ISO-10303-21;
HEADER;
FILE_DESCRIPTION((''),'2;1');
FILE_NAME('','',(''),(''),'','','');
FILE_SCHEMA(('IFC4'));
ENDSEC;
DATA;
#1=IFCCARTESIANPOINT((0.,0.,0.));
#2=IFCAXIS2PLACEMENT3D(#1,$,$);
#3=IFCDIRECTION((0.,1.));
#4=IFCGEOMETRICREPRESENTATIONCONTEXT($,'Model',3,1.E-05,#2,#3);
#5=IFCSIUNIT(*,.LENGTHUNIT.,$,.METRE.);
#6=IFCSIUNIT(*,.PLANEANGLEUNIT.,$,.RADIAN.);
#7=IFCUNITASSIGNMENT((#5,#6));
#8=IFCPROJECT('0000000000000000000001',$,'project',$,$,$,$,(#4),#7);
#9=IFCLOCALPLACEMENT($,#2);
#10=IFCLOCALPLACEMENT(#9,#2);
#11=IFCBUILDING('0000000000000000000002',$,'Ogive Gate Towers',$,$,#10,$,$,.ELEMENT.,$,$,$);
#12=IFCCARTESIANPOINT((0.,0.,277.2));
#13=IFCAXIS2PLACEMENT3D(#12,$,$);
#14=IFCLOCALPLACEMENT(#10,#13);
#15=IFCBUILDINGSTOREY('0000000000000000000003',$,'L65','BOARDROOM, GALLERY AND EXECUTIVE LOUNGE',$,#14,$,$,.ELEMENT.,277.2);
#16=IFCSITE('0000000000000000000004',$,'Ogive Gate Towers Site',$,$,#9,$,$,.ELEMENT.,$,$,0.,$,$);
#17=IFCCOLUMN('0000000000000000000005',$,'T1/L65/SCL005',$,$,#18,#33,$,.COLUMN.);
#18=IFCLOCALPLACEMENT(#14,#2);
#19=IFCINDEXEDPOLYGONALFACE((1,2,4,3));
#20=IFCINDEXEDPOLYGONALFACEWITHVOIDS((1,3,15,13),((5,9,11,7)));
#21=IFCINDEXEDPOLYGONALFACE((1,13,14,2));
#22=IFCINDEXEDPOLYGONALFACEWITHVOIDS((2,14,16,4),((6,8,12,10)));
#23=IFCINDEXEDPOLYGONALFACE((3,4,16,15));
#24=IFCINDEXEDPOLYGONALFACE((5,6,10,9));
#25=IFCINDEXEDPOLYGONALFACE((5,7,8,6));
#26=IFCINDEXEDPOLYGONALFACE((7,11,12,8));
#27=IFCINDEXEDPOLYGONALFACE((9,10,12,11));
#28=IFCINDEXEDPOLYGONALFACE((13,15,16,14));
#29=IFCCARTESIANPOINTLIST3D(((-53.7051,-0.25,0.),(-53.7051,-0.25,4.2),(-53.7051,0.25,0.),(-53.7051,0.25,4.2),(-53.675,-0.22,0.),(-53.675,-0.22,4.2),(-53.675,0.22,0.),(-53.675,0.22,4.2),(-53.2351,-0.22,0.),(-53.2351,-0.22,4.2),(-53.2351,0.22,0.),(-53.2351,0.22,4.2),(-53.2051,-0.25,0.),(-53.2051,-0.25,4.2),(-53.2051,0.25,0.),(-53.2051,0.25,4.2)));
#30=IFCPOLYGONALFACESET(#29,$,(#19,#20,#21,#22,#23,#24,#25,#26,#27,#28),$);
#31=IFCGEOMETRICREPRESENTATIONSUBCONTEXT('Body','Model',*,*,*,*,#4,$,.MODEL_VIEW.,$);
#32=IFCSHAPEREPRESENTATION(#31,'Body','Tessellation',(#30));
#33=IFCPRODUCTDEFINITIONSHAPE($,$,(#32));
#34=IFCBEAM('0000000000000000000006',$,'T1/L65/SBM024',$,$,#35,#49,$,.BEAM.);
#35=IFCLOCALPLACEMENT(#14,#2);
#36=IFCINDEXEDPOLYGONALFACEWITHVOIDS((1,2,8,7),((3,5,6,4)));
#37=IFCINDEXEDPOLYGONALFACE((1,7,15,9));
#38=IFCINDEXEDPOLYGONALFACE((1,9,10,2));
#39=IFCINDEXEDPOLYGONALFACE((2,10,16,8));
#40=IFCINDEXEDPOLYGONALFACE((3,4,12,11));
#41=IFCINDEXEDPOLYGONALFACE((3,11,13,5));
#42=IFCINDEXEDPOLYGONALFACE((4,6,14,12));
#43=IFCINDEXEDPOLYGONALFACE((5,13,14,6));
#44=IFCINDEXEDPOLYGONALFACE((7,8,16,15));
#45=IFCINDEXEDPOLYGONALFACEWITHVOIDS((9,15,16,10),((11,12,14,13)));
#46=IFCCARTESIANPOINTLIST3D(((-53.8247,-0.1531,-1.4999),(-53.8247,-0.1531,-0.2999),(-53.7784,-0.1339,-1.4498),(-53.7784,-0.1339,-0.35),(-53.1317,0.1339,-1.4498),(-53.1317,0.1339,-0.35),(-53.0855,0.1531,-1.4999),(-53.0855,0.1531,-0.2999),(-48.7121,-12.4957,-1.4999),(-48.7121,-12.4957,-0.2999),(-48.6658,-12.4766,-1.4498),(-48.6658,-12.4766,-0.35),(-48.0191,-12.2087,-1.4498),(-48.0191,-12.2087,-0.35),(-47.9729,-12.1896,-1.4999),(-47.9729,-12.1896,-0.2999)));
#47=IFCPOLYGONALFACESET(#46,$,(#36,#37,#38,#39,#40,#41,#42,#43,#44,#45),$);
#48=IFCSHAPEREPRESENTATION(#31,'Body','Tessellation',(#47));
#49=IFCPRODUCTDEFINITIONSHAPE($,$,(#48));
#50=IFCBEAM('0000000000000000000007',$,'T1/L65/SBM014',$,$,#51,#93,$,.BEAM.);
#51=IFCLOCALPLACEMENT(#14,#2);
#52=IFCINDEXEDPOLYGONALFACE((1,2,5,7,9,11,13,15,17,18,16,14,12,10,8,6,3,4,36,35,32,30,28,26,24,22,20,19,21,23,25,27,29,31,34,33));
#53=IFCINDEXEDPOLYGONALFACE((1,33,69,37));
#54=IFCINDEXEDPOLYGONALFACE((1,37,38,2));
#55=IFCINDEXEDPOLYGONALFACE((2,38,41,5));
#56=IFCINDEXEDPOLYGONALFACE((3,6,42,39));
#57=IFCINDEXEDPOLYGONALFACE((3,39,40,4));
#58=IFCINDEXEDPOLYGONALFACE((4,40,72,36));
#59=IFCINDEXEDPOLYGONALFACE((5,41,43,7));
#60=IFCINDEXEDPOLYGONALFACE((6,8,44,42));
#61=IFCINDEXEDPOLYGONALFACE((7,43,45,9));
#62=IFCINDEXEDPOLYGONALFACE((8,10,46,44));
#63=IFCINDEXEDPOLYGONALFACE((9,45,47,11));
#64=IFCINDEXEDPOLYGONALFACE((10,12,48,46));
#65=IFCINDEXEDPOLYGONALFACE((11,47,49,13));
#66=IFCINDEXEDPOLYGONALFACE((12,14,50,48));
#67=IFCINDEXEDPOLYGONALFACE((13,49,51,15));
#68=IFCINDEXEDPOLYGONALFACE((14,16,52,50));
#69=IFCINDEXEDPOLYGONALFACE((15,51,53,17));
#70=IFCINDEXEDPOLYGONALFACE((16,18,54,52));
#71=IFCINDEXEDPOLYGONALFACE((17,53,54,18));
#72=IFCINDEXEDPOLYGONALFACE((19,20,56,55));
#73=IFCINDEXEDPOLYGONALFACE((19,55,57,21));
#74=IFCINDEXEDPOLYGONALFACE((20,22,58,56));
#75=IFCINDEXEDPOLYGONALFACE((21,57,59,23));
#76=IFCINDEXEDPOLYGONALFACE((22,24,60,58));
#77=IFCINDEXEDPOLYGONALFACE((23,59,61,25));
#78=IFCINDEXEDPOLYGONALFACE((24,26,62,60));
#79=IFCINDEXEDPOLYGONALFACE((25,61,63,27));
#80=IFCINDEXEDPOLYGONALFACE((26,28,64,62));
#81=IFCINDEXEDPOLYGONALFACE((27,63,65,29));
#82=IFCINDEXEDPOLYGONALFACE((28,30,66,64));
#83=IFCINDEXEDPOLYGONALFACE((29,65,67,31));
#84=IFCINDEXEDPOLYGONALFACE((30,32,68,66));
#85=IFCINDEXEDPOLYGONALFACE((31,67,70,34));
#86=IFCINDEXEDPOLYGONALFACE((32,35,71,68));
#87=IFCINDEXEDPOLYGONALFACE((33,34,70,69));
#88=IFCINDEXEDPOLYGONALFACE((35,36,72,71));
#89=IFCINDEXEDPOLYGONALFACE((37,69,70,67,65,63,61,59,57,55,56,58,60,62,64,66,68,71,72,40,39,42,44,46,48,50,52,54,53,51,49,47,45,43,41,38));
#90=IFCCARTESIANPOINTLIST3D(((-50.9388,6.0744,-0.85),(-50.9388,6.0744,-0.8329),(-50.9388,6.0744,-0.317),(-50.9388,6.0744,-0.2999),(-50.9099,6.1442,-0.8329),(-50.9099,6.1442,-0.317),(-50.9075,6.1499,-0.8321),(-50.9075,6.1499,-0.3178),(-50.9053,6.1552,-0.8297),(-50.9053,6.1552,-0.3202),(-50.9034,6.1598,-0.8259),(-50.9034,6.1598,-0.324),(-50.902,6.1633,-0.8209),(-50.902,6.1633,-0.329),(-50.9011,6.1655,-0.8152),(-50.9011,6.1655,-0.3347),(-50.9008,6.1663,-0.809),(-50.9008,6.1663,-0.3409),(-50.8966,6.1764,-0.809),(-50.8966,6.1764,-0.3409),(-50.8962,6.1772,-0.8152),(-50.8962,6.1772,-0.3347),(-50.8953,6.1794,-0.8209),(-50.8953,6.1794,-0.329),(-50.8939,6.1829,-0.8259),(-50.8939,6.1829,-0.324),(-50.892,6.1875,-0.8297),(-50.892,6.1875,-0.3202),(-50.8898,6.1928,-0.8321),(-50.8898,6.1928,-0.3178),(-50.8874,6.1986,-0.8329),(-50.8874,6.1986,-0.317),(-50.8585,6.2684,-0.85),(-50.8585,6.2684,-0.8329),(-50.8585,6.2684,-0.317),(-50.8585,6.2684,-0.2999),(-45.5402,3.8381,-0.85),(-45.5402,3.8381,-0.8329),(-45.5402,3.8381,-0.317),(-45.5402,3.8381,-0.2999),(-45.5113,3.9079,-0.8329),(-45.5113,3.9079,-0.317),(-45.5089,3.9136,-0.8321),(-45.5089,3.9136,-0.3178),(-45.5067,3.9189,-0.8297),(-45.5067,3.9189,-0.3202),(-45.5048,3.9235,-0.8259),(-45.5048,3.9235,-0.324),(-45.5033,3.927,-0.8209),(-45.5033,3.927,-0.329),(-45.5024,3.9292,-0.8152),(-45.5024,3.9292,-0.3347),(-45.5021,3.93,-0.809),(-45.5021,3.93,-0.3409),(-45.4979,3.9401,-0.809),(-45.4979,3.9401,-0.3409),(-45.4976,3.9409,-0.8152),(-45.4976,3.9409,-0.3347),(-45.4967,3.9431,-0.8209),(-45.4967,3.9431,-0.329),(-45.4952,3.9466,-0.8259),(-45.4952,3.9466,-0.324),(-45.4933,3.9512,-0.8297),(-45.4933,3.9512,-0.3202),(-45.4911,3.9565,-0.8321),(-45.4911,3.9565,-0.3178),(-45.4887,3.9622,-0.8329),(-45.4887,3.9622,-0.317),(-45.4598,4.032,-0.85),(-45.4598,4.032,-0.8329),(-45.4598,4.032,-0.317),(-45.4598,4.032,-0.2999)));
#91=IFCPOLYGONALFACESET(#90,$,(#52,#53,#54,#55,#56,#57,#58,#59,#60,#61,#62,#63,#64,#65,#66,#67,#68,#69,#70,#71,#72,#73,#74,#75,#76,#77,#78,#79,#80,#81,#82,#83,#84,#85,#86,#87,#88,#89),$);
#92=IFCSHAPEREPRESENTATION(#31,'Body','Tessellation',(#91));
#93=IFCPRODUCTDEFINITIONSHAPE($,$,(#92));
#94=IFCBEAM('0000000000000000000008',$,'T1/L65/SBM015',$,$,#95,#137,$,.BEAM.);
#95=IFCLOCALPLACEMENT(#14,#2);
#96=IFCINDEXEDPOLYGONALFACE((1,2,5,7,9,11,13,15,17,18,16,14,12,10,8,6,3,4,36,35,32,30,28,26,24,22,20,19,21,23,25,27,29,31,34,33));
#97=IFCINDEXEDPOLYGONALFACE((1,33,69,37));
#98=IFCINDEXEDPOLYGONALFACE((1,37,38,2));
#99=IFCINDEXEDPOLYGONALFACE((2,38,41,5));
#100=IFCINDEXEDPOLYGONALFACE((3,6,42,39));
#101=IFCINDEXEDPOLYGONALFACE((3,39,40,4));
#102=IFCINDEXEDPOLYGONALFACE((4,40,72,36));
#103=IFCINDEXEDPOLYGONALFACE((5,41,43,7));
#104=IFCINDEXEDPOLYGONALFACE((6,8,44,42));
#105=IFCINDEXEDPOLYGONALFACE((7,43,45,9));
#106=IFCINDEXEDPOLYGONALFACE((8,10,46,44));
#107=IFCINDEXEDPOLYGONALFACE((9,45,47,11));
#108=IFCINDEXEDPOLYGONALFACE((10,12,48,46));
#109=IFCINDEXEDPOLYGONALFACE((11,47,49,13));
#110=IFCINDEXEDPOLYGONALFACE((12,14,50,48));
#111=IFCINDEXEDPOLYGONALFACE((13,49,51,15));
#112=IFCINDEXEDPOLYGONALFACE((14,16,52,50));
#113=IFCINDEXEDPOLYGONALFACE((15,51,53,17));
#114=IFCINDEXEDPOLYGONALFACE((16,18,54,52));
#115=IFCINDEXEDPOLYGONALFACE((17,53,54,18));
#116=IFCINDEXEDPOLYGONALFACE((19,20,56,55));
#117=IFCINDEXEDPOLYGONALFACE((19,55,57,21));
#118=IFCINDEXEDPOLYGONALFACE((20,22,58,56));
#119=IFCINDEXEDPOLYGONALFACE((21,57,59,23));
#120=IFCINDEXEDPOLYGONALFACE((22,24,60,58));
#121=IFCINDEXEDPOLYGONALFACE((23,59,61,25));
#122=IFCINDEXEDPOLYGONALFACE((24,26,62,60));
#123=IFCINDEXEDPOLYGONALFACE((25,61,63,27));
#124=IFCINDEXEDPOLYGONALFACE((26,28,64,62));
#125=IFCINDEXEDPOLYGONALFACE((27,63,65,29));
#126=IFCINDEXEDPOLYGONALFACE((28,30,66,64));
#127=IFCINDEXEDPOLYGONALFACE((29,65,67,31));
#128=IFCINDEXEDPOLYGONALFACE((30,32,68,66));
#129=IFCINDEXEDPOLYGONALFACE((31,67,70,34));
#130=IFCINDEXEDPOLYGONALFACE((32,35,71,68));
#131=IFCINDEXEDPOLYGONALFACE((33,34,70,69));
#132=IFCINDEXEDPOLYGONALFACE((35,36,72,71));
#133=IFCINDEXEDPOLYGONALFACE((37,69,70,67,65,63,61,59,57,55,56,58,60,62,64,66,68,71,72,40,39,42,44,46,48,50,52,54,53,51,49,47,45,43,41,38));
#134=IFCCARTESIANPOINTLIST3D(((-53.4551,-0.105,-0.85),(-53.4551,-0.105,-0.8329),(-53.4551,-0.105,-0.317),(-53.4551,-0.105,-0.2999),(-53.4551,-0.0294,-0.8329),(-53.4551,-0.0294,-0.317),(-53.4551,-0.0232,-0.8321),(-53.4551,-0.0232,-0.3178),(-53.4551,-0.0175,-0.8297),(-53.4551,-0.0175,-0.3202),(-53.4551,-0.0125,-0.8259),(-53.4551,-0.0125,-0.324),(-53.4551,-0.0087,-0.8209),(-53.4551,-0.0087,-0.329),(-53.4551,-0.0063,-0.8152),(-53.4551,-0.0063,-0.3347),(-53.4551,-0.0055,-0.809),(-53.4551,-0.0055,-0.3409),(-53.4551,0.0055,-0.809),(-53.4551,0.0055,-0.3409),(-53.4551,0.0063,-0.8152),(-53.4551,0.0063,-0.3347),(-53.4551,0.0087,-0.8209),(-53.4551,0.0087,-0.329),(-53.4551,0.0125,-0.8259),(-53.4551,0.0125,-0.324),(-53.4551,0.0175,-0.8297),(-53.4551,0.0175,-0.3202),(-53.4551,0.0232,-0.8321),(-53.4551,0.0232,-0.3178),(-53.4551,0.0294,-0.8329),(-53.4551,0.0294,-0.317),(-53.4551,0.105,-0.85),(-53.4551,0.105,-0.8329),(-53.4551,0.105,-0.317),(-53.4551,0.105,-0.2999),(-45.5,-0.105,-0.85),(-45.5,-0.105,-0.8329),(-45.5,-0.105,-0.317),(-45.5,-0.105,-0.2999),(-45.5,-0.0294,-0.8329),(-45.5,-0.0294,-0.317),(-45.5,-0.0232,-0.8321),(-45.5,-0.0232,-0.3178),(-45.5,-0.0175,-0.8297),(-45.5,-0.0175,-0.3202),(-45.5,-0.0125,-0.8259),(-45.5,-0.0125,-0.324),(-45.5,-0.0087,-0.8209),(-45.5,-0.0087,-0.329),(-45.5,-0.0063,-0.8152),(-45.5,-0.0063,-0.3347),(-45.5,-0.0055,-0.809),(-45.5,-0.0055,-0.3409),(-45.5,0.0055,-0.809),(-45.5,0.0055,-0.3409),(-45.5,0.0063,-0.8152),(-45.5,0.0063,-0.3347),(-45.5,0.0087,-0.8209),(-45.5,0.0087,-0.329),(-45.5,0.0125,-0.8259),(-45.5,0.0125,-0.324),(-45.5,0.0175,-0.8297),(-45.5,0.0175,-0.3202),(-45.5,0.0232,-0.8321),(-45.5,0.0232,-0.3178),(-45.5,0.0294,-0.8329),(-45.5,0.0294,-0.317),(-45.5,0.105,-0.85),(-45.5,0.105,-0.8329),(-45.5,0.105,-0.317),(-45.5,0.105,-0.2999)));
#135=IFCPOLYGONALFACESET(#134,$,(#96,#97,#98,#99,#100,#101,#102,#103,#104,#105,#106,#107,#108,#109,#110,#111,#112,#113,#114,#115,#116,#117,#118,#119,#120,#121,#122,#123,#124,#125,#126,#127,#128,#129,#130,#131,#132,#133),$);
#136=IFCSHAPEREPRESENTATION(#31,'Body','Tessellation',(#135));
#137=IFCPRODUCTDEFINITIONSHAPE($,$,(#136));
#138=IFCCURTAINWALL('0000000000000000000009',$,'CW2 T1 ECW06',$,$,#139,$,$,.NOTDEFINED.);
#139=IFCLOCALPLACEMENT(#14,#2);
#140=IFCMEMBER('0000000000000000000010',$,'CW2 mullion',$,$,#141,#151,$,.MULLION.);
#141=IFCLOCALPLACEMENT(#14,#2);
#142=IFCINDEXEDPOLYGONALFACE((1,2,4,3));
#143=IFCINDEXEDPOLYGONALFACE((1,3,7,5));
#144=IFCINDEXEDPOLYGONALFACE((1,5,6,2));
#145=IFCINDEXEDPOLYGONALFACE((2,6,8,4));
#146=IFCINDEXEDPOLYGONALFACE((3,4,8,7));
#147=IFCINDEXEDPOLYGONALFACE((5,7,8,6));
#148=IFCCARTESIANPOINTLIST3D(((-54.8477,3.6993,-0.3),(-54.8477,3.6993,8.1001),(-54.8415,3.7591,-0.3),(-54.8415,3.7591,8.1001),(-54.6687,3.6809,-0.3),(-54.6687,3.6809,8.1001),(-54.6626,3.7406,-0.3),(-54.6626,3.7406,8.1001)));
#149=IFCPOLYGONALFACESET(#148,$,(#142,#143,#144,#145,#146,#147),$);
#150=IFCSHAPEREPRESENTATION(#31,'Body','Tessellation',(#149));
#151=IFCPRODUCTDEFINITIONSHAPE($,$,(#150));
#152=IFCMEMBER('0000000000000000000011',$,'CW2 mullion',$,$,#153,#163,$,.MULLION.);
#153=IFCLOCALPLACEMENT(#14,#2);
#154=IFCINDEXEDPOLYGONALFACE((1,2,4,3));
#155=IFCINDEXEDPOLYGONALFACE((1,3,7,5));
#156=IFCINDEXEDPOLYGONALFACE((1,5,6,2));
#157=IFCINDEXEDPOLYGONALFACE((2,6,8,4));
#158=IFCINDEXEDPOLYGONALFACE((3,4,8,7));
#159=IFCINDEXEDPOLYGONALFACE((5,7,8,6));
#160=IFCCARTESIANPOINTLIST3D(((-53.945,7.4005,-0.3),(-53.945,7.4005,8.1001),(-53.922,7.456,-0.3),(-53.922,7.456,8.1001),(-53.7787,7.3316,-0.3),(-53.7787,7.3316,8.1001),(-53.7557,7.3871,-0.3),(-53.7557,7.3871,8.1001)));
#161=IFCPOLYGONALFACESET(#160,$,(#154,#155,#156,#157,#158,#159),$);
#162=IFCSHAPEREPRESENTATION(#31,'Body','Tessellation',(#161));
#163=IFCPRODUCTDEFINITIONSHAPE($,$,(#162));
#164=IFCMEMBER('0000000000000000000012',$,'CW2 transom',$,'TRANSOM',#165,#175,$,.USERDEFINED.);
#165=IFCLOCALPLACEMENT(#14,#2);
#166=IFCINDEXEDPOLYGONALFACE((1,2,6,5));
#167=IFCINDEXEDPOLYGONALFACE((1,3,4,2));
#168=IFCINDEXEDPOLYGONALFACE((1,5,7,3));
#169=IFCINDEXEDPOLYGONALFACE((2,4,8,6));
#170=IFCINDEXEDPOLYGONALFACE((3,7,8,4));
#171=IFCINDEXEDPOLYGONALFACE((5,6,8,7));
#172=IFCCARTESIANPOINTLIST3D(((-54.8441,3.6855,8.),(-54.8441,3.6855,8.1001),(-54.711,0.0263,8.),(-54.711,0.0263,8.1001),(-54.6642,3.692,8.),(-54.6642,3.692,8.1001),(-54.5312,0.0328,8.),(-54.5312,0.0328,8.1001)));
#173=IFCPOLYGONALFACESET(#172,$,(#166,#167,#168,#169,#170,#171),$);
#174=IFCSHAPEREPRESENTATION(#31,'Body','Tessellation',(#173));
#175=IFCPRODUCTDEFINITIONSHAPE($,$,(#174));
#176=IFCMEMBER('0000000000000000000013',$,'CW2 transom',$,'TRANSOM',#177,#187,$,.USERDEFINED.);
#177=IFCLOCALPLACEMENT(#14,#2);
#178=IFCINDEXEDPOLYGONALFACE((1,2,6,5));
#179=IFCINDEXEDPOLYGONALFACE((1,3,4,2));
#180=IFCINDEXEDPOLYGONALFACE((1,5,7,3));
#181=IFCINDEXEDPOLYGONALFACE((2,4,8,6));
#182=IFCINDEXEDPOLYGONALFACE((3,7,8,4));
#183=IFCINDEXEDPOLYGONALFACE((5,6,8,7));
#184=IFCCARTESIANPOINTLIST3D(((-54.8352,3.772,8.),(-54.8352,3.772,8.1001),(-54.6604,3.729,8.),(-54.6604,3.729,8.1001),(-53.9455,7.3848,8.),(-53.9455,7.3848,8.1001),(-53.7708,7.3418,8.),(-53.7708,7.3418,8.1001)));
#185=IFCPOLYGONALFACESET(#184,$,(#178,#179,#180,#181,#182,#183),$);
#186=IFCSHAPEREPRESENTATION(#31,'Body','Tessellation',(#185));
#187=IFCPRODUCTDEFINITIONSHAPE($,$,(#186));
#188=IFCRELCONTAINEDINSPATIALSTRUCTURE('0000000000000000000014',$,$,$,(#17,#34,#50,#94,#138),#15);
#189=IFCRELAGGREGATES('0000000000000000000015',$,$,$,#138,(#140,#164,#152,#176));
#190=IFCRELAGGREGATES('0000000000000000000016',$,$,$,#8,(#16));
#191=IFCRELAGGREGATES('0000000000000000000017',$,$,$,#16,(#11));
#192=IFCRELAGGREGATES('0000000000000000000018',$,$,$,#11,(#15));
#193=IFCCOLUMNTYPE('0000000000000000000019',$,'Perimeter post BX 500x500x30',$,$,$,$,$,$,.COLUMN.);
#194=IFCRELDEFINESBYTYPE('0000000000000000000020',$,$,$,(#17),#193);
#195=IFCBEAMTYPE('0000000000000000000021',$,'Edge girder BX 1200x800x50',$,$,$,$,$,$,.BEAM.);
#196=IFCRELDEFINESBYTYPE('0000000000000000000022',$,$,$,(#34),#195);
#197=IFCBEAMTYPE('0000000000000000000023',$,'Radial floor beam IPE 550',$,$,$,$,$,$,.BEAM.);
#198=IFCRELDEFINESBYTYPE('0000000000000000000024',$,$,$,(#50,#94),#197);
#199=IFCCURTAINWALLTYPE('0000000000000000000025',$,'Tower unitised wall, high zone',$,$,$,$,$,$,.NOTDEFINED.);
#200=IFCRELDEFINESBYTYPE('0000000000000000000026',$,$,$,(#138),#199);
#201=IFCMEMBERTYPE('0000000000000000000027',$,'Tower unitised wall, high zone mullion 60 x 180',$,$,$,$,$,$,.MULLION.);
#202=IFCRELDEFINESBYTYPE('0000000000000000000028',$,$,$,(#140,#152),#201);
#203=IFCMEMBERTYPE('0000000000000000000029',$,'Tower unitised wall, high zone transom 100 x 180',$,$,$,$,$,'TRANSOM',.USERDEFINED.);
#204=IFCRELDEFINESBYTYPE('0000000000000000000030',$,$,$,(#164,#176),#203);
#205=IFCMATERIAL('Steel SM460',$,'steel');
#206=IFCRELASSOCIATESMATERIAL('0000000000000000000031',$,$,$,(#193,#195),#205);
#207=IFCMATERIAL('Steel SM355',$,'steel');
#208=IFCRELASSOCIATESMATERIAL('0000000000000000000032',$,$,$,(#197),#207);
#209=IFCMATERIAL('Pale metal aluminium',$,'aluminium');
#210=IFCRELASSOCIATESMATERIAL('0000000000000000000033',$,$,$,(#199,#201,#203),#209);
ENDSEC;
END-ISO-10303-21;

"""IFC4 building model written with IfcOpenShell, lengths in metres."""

from ifc_helpers import new_model, si_unit, direction, frame, origin, origin_2d, place, context, subcontext, project, spatial, rectangle, hollow_rectangle, i_section, extrude, material, material_profile, profile_set, type_object, element, aggregate, save


model = new_model("IFC4")

# Units and contexts
model_context = context("Model", 3, precision=1e-05, world=origin(), true_north=direction((0.0, 1.0)))
body_context = subcontext(model_context, "Body", "Model", "MODEL_VIEW")
ifc_project = project(units=[si_unit("LENGTHUNIT", "METRE"), si_unit("PLANEANGLEUNIT", "RADIAN")], contexts=[model_context])

# Site, building, storey
site_placement = place(None, origin())
site = spatial("IfcSite", under=ifc_project, at=site_placement, Name="Ogive Gate Towers Site", CompositionType="ELEMENT", RefElevation=0.0)
building_placement = place(site_placement, origin())
building = spatial("IfcBuilding", under=site, at=building_placement, Name="Ogive Gate Towers", CompositionType="ELEMENT")
storey_placement = place(building_placement, frame((0.0, 0.0, 277.2)))
storey = spatial("IfcBuildingStorey", under=building, at=storey_placement, Name="L65", Description="BOARDROOM, GALLERY AND EXECUTIVE LOUNGE", CompositionType="ELEMENT", Elevation=277.2)

# Column
ifc_material_1 = material(Name="Steel SM460", Category="steel")
ifc_material_profile_1 = material_profile(ifc_material_1, hollow_rectangle(XDim=0.5, YDim=0.5, WallThickness=0.03, at=origin_2d()), Name="BX 500x500x30")
ifc_profile_set_1 = profile_set([ifc_material_profile_1], Name="Steel SM460")
column_type = type_object("IfcColumnType", Name="Perimeter post BX 500x500x30", PredefinedType="COLUMN", material=ifc_profile_set_1)
column_placement = place(storey_placement, frame((-53.4551, 0.0, 0.0), z_axis=(0.0, 0.0, 1.0), x_axis=(1.0, 0.0, 0.0)))
element("IfcColumn", 1, at=column_placement, inside=storey, type_object=column_type, Name="T1/L65/SCL005", PredefinedType="COLUMN", context=body_context, shape_type="SweptSolid", body=[
    extrude(hollow_rectangle(XDim=0.5, YDim=0.5, WallThickness=0.03, at=origin_2d()), origin(), (0.0, 0.0, 1.0), 4.2),
])

# Beams
ifc_material_profile_2 = material_profile(ifc_material_1, hollow_rectangle(XDim=0.8, YDim=1.2, WallThickness=0.05, at=origin_2d()), Name="BX 1200x800x50")
ifc_profile_set_2 = profile_set([ifc_material_profile_2], Name="Steel SM460")
beam_type_1 = type_object("IfcBeamType", Name="Edge girder BX 1200x800x50", PredefinedType="BEAM", material=ifc_profile_set_2)
beam_1_placement = place(storey_placement, frame((-53.4551, 0.0, -0.8999), z_axis=(0.38269, -0.923877, 0.0), x_axis=(0.923877, 0.38269, 0.0)))
element("IfcBeam", 2, at=beam_1_placement, inside=storey, type_object=beam_type_1, Name="T1/L65/SBM024", PredefinedType="BEAM", context=body_context, shape_type="SweptSolid", body=[
    extrude(hollow_rectangle(XDim=0.8, YDim=1.2, WallThickness=0.05, at=origin_2d()), origin(), (0.0, 0.0, 1.0), 13.3596),
])
ifc_material_2 = material(Name="Steel SM355", Category="steel")
ifc_material_profile_3 = material_profile(ifc_material_2, i_section(OverallWidth=0.21, OverallDepth=0.55, WebThickness=0.011, FlangeThickness=0.0171, FilletRadius=0.0239, at=origin_2d()), Name="IPE 550")
ifc_profile_set_3 = profile_set([ifc_material_profile_3], Name="Steel SM355")
beam_type_2 = type_object("IfcBeamType", Name="Radial floor beam IPE 550", PredefinedType="BEAM", material=ifc_profile_set_3)
beam_2_placement = place(storey_placement, frame((-45.5, 3.9351, -0.575), z_axis=(-0.923872, 0.382701, 0.0), x_axis=(-0.382701, -0.923872, 0.0)))
element("IfcBeam", 3, at=beam_2_placement, inside=storey, type_object=beam_type_2, Name="T1/L65/SBM014", PredefinedType="BEAM", context=body_context, shape_type="SweptSolid", body=[
    extrude(i_section(OverallWidth=0.21, OverallDepth=0.55, WebThickness=0.011, FlangeThickness=0.0171, FilletRadius=0.0239, at=origin_2d()), origin(), (0.0, 0.0, 1.0), 5.8435),
])
beam_3_placement = place(storey_placement, frame((-45.5, 0.0, -0.575), z_axis=(-1.0, 0.0, 0.0), x_axis=(0.0, -1.0, 0.0)))
element("IfcBeam", 4, at=beam_3_placement, inside=storey, type_object=beam_type_2, Name="T1/L65/SBM015", PredefinedType="BEAM", context=body_context, shape_type="SweptSolid", body=[
    extrude(i_section(OverallWidth=0.21, OverallDepth=0.55, WebThickness=0.011, FlangeThickness=0.0171, FilletRadius=0.0239, at=origin_2d()), origin(), (0.0, 0.0, 1.0), 7.9551),
])

# Curtain wall, members
ifc_material_3 = material(Name="Pale metal aluminium", Category="aluminium")
curtain_wall_type = type_object("IfcCurtainWallType", Name="Tower unitised wall, high zone", PredefinedType="NOTDEFINED", material=ifc_material_3)
curtain_wall_placement = place(storey_placement, origin())
curtain_wall = element("IfcCurtainWall", 5, at=curtain_wall_placement, inside=storey, type_object=curtain_wall_type, Name="CW2 T1 ECW06", PredefinedType="NOTDEFINED")
ifc_material_profile_4 = material_profile(ifc_material_3, rectangle(XDim=0.1799, YDim=0.0601, at=origin_2d()), Name="60 x 180 aluminium box")
ifc_profile_set_4 = profile_set([ifc_material_profile_4], Name="Pale metal aluminium")
member_type_1 = type_object("IfcMemberType", Name="Tower unitised wall, high zone mullion 60 x 180", PredefinedType="MULLION", material=ifc_profile_set_4)
member_1_placement = place(storey_placement, frame((-54.7551, 3.72, -0.3), z_axis=(0.0, 0.0, 1.0), x_axis=(0.994744, -0.102393, 0.0)))
member_1 = element("IfcMember", 6, at=member_1_placement, type_object=member_type_1, Name="CW2 mullion", PredefinedType="MULLION", context=body_context, shape_type="SweptSolid", body=[
    extrude(rectangle(XDim=0.1799, YDim=0.0601, at=origin_2d()), origin(), (0.0, 0.0, 1.0), 8.4001),
])
member_2_placement = place(storey_placement, frame((-53.8503, 7.3938, -0.3), z_axis=(0.0, 0.0, 1.0), x_axis=(0.92388, -0.382683, 0.0)))
member_2 = element("IfcMember", 7, at=member_2_placement, type_object=member_type_1, Name="CW2 mullion", PredefinedType="MULLION", context=body_context, shape_type="SweptSolid", body=[
    extrude(rectangle(XDim=0.1799, YDim=0.0601, at=origin_2d()), origin(), (0.0, 0.0, 1.0), 8.4001),
])
ifc_material_profile_5 = material_profile(ifc_material_3, rectangle(XDim=0.1799, YDim=0.1001, at=origin_2d()), Name="100 x 180 aluminium box")
ifc_profile_set_5 = profile_set([ifc_material_profile_5], Name="Pale metal aluminium")
member_type_2 = type_object("IfcMemberType", Name="Tower unitised wall, high zone transom 100 x 180", ElementType="TRANSOM", PredefinedType="USERDEFINED", material=ifc_profile_set_5)
member_3_placement = place(storey_placement, frame((-54.6211, 0.0295, 8.05), z_axis=(-0.036338, 0.99934, 0.0), x_axis=(-0.99934, -0.036338, 0.0)))
member_3 = element("IfcMember", 8, at=member_3_placement, type_object=member_type_2, Name="CW2 transom", ObjectType="TRANSOM", PredefinedType="USERDEFINED", context=body_context, shape_type="SweptSolid", body=[
    extrude(rectangle(XDim=0.1799, YDim=0.1001, at=origin_2d()), origin(), (0.0, 0.0, 1.0), 3.6616),
])
member_4_placement = place(storey_placement, frame((-54.7478, 3.7505, 8.05), z_axis=(0.239107, 0.970993, 0.0), x_axis=(-0.970993, 0.239107, 0.0)))
member_4 = element("IfcMember", 9, at=member_4_placement, type_object=member_type_2, Name="CW2 transom", ObjectType="TRANSOM", PredefinedType="USERDEFINED", context=body_context, shape_type="SweptSolid", body=[
    extrude(rectangle(XDim=0.1799, YDim=0.1001, at=origin_2d()), origin(), (0.0, 0.0, 1.0), 3.7207),
])
aggregate(curtain_wall, [member_1, member_3, member_2, member_4])

save(model, "model.ifc")
